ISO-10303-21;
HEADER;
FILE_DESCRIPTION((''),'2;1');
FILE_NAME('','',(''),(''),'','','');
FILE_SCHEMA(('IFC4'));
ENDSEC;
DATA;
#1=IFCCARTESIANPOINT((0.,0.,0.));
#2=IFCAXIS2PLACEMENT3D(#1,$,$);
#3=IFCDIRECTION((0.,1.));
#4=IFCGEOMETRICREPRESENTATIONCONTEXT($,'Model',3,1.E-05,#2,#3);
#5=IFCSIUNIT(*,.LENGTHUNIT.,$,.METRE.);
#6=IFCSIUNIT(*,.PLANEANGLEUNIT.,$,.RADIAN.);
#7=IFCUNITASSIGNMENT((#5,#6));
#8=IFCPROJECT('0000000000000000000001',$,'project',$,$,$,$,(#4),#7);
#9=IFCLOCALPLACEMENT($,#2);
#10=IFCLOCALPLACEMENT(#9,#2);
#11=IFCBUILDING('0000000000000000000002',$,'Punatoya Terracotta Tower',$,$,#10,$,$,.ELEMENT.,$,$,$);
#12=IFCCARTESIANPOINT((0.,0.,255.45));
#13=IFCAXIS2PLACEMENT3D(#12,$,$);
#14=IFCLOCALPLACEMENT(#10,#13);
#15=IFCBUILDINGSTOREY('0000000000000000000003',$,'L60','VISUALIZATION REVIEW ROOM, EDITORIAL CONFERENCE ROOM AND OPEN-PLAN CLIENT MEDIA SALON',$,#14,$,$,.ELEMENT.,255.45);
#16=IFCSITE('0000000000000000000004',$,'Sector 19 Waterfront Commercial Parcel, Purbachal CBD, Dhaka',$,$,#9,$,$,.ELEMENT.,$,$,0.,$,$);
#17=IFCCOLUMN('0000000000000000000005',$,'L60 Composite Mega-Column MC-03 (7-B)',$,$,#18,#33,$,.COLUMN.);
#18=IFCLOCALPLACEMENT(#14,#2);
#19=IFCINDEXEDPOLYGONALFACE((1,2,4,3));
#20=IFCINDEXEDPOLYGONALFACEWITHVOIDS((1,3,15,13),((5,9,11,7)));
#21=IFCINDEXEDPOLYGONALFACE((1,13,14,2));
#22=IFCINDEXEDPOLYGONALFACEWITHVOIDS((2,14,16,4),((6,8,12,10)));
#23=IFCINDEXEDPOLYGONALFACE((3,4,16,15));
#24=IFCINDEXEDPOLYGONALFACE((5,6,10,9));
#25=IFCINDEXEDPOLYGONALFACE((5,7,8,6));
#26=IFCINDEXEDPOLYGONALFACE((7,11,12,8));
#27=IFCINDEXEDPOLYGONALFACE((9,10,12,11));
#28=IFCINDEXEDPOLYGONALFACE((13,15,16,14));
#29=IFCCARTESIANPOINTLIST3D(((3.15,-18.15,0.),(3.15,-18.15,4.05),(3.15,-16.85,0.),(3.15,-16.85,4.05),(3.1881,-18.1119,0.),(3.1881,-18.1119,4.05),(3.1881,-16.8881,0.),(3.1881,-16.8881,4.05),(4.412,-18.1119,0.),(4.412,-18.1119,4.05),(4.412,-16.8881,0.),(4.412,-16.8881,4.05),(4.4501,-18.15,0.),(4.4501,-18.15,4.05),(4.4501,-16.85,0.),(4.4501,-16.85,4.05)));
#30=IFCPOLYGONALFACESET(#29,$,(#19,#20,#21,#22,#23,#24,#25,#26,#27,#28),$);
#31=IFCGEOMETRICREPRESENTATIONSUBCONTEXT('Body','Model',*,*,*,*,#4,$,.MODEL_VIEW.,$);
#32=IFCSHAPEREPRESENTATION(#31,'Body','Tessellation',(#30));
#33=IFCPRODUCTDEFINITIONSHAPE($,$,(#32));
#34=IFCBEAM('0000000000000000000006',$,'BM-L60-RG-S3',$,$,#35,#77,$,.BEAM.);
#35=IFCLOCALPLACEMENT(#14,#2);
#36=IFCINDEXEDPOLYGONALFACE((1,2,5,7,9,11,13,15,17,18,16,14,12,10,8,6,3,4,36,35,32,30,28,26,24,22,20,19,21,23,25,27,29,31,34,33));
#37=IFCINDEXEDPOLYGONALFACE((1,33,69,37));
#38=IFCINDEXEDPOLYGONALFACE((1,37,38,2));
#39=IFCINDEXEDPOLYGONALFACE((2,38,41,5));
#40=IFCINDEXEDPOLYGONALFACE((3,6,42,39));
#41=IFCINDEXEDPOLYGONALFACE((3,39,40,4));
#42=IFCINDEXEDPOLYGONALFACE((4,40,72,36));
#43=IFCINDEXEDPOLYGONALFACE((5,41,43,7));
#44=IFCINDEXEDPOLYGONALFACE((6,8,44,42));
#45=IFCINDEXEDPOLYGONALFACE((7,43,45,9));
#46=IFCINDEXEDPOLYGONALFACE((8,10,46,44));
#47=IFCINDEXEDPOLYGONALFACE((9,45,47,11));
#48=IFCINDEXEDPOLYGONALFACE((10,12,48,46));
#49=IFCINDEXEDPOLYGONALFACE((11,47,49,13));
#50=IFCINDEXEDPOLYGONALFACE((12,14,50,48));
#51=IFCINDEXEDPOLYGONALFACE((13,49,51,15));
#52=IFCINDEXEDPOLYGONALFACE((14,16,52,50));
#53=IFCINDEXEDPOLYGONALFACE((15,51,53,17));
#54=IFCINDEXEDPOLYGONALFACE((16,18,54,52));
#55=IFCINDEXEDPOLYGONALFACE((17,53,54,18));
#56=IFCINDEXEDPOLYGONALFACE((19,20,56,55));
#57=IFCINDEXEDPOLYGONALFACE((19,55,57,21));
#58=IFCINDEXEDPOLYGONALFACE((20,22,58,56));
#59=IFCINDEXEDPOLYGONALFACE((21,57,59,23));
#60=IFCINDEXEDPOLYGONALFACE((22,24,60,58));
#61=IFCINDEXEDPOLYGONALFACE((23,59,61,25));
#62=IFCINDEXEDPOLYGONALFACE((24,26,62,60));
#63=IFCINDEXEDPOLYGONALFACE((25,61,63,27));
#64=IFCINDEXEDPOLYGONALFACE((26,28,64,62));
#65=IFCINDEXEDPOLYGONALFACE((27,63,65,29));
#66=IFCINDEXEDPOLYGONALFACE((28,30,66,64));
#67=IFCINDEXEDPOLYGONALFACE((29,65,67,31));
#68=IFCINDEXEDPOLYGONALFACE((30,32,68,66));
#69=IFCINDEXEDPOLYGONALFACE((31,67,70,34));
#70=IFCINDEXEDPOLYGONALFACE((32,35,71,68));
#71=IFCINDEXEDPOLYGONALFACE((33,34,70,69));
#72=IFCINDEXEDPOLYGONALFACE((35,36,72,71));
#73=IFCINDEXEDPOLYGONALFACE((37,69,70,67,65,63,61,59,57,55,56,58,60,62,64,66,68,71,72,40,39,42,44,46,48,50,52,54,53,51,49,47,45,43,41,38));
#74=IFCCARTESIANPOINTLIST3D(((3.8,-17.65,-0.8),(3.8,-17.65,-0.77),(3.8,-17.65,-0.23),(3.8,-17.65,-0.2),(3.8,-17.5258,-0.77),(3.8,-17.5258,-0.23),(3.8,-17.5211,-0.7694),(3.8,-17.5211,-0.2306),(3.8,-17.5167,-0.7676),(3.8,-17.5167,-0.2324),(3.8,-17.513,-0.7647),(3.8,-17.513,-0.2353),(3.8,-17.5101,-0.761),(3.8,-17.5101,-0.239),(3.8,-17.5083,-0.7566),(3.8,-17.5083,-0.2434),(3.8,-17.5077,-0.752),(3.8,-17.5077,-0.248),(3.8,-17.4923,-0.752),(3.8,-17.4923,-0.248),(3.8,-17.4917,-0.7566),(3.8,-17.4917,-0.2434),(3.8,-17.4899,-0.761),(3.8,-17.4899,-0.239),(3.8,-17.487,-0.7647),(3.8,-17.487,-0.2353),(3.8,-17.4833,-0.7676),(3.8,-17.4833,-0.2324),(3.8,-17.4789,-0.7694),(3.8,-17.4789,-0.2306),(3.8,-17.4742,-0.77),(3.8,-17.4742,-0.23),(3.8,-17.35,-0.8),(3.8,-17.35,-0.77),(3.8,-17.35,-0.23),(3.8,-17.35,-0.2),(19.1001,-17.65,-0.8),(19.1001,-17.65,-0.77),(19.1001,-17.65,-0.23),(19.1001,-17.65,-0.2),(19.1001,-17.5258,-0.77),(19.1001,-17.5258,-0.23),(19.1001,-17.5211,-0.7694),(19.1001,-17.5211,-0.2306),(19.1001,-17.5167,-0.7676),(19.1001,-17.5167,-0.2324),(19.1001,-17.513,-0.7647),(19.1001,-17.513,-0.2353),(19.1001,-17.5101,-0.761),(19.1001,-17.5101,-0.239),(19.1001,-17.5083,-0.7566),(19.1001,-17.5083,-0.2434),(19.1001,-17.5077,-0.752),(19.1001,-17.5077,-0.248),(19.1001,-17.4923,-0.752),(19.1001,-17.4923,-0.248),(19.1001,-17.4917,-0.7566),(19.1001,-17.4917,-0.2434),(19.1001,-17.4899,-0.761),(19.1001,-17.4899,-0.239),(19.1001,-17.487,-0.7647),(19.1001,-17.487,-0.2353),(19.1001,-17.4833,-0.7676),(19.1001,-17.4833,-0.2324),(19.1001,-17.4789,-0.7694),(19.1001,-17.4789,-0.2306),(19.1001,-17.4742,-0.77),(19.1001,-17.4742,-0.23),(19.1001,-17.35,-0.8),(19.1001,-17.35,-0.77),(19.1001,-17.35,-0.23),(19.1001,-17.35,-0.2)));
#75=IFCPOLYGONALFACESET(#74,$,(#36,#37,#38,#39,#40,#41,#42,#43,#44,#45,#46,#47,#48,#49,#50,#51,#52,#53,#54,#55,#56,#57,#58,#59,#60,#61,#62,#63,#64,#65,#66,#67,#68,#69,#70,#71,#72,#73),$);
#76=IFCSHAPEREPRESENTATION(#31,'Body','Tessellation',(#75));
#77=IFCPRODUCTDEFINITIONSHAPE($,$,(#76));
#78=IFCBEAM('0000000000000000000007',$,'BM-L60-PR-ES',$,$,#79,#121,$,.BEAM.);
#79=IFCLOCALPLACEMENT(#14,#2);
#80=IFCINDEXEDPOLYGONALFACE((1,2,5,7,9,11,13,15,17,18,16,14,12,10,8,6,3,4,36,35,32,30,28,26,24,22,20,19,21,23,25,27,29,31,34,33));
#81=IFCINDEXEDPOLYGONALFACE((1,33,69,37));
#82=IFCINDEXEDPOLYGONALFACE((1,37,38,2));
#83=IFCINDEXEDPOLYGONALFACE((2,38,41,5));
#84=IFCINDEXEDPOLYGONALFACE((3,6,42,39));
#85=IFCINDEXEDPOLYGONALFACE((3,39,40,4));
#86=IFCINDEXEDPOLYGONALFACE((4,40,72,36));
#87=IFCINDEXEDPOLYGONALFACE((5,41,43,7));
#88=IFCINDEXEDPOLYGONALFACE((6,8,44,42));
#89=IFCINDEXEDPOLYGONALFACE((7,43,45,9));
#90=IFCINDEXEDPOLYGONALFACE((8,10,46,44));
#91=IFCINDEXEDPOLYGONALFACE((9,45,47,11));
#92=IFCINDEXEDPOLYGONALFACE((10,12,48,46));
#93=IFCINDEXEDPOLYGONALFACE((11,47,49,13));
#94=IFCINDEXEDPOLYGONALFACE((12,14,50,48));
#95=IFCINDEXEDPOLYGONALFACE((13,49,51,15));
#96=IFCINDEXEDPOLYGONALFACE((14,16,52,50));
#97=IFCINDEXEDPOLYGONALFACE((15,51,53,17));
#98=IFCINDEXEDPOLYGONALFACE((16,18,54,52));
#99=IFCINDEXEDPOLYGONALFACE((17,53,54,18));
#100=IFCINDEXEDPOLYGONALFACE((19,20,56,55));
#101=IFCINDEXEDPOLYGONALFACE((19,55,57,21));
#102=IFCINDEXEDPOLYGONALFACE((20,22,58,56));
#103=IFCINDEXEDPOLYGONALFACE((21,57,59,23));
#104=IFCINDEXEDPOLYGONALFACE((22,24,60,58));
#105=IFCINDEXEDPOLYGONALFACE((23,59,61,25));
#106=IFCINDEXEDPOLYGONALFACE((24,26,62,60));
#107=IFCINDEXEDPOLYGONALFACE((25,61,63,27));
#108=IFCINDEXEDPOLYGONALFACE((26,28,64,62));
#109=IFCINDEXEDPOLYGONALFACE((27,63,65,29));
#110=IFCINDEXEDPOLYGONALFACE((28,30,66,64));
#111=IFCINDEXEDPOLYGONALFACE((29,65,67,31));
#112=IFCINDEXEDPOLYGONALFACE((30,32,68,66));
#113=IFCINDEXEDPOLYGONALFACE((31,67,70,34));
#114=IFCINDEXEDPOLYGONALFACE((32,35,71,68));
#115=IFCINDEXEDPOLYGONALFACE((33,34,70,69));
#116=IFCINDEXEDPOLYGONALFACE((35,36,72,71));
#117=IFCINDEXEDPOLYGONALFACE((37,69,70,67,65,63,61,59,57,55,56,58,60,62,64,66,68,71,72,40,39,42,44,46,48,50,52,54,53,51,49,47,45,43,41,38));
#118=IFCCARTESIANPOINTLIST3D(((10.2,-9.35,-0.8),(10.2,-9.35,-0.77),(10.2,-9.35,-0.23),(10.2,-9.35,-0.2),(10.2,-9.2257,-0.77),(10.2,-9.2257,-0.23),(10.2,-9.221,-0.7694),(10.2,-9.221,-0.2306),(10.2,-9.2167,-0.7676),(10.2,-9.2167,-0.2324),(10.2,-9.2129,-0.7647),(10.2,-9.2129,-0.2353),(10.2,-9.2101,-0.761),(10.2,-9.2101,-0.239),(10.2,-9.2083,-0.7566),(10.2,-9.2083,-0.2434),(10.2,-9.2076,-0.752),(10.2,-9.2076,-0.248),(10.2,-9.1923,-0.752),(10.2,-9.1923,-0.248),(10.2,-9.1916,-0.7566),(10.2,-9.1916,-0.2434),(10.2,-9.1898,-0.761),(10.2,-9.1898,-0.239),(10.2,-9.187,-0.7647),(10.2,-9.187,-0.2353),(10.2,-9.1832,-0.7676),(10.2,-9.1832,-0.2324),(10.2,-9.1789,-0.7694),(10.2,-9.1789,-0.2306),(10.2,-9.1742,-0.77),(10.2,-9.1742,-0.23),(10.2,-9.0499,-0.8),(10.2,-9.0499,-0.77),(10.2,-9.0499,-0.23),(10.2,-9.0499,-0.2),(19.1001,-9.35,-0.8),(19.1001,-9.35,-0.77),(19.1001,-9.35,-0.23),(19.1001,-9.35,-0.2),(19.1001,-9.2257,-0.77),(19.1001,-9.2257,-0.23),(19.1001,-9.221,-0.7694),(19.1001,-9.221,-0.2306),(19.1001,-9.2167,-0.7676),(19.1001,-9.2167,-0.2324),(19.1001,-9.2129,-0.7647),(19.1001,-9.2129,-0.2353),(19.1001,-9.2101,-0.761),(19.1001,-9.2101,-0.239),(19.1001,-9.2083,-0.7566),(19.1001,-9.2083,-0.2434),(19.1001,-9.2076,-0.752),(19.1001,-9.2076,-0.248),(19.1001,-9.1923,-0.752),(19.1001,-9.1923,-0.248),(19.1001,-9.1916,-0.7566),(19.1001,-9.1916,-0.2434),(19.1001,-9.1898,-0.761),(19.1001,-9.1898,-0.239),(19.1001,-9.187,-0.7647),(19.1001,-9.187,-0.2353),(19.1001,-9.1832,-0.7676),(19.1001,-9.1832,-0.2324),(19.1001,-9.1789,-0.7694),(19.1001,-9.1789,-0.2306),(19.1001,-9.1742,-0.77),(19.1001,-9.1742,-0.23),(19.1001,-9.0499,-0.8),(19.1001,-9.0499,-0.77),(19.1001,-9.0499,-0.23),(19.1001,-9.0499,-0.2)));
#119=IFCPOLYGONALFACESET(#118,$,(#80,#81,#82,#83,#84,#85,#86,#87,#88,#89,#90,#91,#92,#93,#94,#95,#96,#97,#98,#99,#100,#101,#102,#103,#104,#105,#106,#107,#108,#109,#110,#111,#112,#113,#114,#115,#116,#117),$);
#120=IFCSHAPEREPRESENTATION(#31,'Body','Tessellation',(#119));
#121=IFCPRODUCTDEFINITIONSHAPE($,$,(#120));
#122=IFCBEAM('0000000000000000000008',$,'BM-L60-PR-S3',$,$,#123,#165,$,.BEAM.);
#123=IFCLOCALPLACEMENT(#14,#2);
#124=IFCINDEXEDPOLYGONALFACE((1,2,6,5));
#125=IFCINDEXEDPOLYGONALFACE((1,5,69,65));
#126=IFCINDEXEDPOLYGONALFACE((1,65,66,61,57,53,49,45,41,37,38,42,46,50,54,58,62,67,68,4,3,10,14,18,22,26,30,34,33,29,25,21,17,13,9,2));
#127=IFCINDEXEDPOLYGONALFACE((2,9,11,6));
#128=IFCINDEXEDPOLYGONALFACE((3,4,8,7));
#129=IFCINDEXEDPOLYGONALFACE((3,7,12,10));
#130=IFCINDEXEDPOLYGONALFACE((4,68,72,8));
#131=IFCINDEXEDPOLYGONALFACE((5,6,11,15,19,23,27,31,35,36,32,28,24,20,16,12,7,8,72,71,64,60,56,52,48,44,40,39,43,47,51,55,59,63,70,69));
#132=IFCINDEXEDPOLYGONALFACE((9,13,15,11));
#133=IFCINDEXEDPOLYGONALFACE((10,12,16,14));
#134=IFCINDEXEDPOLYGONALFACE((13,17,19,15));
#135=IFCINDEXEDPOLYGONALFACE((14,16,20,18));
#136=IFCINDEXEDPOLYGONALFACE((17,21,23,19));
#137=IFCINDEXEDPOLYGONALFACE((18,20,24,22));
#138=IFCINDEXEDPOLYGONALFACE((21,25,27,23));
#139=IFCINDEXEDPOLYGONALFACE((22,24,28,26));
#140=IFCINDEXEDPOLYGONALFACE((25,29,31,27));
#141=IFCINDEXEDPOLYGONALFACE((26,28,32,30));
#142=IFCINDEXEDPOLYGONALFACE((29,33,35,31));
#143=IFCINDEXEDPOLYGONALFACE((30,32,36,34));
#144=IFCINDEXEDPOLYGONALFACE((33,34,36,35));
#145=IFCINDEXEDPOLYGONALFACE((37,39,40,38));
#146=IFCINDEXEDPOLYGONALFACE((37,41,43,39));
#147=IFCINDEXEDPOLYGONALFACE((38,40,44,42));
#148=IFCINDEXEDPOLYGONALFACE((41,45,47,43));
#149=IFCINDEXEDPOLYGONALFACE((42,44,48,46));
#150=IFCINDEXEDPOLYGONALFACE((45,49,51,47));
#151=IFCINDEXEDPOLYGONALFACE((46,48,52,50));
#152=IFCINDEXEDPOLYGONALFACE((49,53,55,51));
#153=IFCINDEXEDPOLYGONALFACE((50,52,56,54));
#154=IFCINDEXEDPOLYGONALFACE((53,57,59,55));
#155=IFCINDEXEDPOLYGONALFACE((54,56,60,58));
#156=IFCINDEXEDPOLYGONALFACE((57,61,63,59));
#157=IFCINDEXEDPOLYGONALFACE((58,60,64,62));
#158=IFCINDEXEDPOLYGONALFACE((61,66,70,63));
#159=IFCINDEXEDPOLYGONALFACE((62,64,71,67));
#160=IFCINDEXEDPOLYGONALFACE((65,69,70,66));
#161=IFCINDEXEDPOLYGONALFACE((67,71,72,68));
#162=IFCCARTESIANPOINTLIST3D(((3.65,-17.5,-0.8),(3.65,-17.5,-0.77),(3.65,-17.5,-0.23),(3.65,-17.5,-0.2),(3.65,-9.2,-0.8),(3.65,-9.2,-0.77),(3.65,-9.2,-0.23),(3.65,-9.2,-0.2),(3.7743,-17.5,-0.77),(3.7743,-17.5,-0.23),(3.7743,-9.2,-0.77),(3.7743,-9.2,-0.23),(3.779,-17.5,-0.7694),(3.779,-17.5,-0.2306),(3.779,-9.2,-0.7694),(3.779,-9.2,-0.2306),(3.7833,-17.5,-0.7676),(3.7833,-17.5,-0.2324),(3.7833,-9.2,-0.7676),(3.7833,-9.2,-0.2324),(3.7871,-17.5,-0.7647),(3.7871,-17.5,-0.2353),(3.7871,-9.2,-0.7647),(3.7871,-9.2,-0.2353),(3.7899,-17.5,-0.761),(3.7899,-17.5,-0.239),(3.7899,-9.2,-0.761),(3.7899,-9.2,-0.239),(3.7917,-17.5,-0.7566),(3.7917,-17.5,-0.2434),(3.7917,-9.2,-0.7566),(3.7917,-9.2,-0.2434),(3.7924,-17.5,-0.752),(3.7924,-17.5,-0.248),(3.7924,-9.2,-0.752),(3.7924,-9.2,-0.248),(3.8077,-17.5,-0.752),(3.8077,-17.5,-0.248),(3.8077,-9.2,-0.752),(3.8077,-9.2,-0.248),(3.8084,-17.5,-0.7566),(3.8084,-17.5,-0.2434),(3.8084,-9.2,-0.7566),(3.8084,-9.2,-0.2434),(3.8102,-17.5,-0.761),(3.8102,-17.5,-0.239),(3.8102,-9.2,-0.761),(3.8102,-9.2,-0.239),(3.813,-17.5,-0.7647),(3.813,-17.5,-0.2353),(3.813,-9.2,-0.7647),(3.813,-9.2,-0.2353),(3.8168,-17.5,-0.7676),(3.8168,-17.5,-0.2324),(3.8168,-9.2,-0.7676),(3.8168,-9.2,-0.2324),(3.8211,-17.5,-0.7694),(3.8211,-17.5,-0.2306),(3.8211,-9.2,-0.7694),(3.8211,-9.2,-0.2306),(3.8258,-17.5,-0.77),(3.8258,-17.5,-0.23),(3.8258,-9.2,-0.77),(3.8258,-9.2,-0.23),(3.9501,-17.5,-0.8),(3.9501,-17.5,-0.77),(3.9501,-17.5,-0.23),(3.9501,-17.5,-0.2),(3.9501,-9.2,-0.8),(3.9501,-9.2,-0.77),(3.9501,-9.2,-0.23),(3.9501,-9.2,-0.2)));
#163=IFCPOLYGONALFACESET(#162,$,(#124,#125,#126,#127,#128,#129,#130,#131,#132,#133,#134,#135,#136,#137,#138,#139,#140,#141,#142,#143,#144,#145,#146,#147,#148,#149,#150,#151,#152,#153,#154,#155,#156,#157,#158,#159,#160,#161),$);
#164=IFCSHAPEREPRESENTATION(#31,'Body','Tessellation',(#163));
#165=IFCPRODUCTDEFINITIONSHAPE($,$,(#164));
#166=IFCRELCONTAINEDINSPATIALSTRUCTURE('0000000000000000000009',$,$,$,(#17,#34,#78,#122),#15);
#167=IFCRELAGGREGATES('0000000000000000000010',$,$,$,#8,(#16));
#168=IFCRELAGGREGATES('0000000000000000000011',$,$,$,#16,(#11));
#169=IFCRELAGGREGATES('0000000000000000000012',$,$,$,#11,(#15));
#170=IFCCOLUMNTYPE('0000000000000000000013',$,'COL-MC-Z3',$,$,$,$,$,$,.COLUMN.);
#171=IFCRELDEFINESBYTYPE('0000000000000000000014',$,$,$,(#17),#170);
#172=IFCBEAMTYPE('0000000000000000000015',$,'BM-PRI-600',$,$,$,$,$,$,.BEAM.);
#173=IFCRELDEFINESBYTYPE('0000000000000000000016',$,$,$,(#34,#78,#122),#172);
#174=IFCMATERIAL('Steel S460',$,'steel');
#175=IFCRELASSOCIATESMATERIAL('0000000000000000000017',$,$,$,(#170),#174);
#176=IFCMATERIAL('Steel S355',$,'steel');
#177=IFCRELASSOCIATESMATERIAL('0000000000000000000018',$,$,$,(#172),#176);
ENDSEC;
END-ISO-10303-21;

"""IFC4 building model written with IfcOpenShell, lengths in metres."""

from ifc_helpers import new_model, si_unit, direction, frame, origin, origin_2d, place, context, subcontext, project, spatial, hollow_rectangle, i_section, extrude, material, material_profile, profile_set, type_object, element, save


model = new_model("IFC4")

# Units and contexts
model_context = context("Model", 3, precision=1e-05, world=origin(), true_north=direction((0.0, 1.0)))
body_context = subcontext(model_context, "Body", "Model", "MODEL_VIEW")
ifc_project = project(units=[si_unit("LENGTHUNIT", "METRE"), si_unit("PLANEANGLEUNIT", "RADIAN")], contexts=[model_context])

# Site, building, storey
site_placement = place(None, origin())
site = spatial("IfcSite", under=ifc_project, at=site_placement, Name="Sector 19 Waterfront Commercial Parcel, Purbachal CBD, Dhaka", CompositionType="ELEMENT", RefElevation=0.0)
building_placement = place(site_placement, origin())
building = spatial("IfcBuilding", under=site, at=building_placement, Name="Punatoya Terracotta Tower", CompositionType="ELEMENT")
storey_placement = place(building_placement, frame((0.0, 0.0, 255.45)))
storey = spatial("IfcBuildingStorey", under=building, at=storey_placement, Name="L60", Description="VISUALIZATION REVIEW ROOM, EDITORIAL CONFERENCE ROOM AND OPEN-PLAN CLIENT MEDIA SALON", CompositionType="ELEMENT", Elevation=255.45)

# Column
ifc_material_1 = material(Name="Steel S460", Category="steel")
ifc_material_profile_1 = material_profile(ifc_material_1, hollow_rectangle(XDim=1.3, YDim=1.3, WallThickness=0.0381, at=origin_2d()))
ifc_profile_set_1 = profile_set([ifc_material_profile_1], Name="Steel S460")
column_type = type_object("IfcColumnType", Name="COL-MC-Z3", PredefinedType="COLUMN", material=ifc_profile_set_1)
column_placement = place(storey_placement, frame((3.8, -17.5, 0.0), z_axis=(0.0, 0.0, 1.0), x_axis=(1.0, 0.0, 0.0)))
element("IfcColumn", 1, at=column_placement, inside=storey, type_object=column_type, Name="L60 Composite Mega-Column MC-03 (7-B)", PredefinedType="COLUMN", context=body_context, shape_type="SweptSolid", body=[
    extrude(hollow_rectangle(XDim=1.3, YDim=1.3, WallThickness=0.0381, at=origin_2d()), origin(), (0.0, 0.0, 1.0), 4.05),
])

# Beams
ifc_material_2 = material(Name="Steel S355", Category="steel")
ifc_material_profile_2 = material_profile(ifc_material_2, i_section(OverallWidth=0.3, OverallDepth=0.6001, WebThickness=0.0154, FlangeThickness=0.03, FilletRadius=0.0181, at=origin_2d()))
ifc_profile_set_2 = profile_set([ifc_material_profile_2], Name="Steel S355")
beam_type_1 = type_object("IfcBeamType", Name="BM-PRI-600", PredefinedType="BEAM", material=ifc_profile_set_2)
beam_1_placement = place(storey_placement, frame((3.8, -17.5, -0.5), z_axis=(1.0, 0.0, 0.0), x_axis=(0.0, 1.0, 0.0)))
element("IfcBeam", 2, at=beam_1_placement, inside=storey, type_object=beam_type_1, Name="BM-L60-RG-S3", PredefinedType="BEAM", context=body_context, shape_type="SweptSolid", body=[
    extrude(i_section(OverallWidth=0.3, OverallDepth=0.6001, WebThickness=0.0154, FlangeThickness=0.03, FilletRadius=0.0181, at=origin_2d()), origin(), (0.0, 0.0, 1.0), 15.3),
])
beam_2_placement = place(storey_placement, frame((10.2, -9.2, -0.5), z_axis=(1.0, 0.0, 0.0), x_axis=(0.0, 1.0, 0.0)))
element("IfcBeam", 3, at=beam_2_placement, inside=storey, type_object=beam_type_1, Name="BM-L60-PR-ES", PredefinedType="BEAM", context=body_context, shape_type="SweptSolid", body=[
    extrude(i_section(OverallWidth=0.3, OverallDepth=0.6001, WebThickness=0.0154, FlangeThickness=0.03, FilletRadius=0.0181, at=origin_2d()), origin(), (0.0, 0.0, 1.0), 8.9001),
])
for number, where, z_axis, x_axis, name in (
    (4, (3.8, -17.5, -0.5), (0.0, 1.0, 0.0), (-1.0, 0.0, 0.0), "BM-L60-PR-S3"),
):
    element("IfcBeam", number, at=place(storey_placement, frame(where, z_axis=z_axis, x_axis=x_axis)), inside=storey, type_object=beam_type_1, Name=name, PredefinedType="BEAM", context=body_context, shape_type="SweptSolid", body=[
        extrude(i_section(OverallWidth=0.3, OverallDepth=0.6001, WebThickness=0.0154, FlangeThickness=0.03, FilletRadius=0.0181, at=origin_2d()), origin(), (0.0, 0.0, 1.0), 8.3),
    ])

save(model, "model.ifc")
